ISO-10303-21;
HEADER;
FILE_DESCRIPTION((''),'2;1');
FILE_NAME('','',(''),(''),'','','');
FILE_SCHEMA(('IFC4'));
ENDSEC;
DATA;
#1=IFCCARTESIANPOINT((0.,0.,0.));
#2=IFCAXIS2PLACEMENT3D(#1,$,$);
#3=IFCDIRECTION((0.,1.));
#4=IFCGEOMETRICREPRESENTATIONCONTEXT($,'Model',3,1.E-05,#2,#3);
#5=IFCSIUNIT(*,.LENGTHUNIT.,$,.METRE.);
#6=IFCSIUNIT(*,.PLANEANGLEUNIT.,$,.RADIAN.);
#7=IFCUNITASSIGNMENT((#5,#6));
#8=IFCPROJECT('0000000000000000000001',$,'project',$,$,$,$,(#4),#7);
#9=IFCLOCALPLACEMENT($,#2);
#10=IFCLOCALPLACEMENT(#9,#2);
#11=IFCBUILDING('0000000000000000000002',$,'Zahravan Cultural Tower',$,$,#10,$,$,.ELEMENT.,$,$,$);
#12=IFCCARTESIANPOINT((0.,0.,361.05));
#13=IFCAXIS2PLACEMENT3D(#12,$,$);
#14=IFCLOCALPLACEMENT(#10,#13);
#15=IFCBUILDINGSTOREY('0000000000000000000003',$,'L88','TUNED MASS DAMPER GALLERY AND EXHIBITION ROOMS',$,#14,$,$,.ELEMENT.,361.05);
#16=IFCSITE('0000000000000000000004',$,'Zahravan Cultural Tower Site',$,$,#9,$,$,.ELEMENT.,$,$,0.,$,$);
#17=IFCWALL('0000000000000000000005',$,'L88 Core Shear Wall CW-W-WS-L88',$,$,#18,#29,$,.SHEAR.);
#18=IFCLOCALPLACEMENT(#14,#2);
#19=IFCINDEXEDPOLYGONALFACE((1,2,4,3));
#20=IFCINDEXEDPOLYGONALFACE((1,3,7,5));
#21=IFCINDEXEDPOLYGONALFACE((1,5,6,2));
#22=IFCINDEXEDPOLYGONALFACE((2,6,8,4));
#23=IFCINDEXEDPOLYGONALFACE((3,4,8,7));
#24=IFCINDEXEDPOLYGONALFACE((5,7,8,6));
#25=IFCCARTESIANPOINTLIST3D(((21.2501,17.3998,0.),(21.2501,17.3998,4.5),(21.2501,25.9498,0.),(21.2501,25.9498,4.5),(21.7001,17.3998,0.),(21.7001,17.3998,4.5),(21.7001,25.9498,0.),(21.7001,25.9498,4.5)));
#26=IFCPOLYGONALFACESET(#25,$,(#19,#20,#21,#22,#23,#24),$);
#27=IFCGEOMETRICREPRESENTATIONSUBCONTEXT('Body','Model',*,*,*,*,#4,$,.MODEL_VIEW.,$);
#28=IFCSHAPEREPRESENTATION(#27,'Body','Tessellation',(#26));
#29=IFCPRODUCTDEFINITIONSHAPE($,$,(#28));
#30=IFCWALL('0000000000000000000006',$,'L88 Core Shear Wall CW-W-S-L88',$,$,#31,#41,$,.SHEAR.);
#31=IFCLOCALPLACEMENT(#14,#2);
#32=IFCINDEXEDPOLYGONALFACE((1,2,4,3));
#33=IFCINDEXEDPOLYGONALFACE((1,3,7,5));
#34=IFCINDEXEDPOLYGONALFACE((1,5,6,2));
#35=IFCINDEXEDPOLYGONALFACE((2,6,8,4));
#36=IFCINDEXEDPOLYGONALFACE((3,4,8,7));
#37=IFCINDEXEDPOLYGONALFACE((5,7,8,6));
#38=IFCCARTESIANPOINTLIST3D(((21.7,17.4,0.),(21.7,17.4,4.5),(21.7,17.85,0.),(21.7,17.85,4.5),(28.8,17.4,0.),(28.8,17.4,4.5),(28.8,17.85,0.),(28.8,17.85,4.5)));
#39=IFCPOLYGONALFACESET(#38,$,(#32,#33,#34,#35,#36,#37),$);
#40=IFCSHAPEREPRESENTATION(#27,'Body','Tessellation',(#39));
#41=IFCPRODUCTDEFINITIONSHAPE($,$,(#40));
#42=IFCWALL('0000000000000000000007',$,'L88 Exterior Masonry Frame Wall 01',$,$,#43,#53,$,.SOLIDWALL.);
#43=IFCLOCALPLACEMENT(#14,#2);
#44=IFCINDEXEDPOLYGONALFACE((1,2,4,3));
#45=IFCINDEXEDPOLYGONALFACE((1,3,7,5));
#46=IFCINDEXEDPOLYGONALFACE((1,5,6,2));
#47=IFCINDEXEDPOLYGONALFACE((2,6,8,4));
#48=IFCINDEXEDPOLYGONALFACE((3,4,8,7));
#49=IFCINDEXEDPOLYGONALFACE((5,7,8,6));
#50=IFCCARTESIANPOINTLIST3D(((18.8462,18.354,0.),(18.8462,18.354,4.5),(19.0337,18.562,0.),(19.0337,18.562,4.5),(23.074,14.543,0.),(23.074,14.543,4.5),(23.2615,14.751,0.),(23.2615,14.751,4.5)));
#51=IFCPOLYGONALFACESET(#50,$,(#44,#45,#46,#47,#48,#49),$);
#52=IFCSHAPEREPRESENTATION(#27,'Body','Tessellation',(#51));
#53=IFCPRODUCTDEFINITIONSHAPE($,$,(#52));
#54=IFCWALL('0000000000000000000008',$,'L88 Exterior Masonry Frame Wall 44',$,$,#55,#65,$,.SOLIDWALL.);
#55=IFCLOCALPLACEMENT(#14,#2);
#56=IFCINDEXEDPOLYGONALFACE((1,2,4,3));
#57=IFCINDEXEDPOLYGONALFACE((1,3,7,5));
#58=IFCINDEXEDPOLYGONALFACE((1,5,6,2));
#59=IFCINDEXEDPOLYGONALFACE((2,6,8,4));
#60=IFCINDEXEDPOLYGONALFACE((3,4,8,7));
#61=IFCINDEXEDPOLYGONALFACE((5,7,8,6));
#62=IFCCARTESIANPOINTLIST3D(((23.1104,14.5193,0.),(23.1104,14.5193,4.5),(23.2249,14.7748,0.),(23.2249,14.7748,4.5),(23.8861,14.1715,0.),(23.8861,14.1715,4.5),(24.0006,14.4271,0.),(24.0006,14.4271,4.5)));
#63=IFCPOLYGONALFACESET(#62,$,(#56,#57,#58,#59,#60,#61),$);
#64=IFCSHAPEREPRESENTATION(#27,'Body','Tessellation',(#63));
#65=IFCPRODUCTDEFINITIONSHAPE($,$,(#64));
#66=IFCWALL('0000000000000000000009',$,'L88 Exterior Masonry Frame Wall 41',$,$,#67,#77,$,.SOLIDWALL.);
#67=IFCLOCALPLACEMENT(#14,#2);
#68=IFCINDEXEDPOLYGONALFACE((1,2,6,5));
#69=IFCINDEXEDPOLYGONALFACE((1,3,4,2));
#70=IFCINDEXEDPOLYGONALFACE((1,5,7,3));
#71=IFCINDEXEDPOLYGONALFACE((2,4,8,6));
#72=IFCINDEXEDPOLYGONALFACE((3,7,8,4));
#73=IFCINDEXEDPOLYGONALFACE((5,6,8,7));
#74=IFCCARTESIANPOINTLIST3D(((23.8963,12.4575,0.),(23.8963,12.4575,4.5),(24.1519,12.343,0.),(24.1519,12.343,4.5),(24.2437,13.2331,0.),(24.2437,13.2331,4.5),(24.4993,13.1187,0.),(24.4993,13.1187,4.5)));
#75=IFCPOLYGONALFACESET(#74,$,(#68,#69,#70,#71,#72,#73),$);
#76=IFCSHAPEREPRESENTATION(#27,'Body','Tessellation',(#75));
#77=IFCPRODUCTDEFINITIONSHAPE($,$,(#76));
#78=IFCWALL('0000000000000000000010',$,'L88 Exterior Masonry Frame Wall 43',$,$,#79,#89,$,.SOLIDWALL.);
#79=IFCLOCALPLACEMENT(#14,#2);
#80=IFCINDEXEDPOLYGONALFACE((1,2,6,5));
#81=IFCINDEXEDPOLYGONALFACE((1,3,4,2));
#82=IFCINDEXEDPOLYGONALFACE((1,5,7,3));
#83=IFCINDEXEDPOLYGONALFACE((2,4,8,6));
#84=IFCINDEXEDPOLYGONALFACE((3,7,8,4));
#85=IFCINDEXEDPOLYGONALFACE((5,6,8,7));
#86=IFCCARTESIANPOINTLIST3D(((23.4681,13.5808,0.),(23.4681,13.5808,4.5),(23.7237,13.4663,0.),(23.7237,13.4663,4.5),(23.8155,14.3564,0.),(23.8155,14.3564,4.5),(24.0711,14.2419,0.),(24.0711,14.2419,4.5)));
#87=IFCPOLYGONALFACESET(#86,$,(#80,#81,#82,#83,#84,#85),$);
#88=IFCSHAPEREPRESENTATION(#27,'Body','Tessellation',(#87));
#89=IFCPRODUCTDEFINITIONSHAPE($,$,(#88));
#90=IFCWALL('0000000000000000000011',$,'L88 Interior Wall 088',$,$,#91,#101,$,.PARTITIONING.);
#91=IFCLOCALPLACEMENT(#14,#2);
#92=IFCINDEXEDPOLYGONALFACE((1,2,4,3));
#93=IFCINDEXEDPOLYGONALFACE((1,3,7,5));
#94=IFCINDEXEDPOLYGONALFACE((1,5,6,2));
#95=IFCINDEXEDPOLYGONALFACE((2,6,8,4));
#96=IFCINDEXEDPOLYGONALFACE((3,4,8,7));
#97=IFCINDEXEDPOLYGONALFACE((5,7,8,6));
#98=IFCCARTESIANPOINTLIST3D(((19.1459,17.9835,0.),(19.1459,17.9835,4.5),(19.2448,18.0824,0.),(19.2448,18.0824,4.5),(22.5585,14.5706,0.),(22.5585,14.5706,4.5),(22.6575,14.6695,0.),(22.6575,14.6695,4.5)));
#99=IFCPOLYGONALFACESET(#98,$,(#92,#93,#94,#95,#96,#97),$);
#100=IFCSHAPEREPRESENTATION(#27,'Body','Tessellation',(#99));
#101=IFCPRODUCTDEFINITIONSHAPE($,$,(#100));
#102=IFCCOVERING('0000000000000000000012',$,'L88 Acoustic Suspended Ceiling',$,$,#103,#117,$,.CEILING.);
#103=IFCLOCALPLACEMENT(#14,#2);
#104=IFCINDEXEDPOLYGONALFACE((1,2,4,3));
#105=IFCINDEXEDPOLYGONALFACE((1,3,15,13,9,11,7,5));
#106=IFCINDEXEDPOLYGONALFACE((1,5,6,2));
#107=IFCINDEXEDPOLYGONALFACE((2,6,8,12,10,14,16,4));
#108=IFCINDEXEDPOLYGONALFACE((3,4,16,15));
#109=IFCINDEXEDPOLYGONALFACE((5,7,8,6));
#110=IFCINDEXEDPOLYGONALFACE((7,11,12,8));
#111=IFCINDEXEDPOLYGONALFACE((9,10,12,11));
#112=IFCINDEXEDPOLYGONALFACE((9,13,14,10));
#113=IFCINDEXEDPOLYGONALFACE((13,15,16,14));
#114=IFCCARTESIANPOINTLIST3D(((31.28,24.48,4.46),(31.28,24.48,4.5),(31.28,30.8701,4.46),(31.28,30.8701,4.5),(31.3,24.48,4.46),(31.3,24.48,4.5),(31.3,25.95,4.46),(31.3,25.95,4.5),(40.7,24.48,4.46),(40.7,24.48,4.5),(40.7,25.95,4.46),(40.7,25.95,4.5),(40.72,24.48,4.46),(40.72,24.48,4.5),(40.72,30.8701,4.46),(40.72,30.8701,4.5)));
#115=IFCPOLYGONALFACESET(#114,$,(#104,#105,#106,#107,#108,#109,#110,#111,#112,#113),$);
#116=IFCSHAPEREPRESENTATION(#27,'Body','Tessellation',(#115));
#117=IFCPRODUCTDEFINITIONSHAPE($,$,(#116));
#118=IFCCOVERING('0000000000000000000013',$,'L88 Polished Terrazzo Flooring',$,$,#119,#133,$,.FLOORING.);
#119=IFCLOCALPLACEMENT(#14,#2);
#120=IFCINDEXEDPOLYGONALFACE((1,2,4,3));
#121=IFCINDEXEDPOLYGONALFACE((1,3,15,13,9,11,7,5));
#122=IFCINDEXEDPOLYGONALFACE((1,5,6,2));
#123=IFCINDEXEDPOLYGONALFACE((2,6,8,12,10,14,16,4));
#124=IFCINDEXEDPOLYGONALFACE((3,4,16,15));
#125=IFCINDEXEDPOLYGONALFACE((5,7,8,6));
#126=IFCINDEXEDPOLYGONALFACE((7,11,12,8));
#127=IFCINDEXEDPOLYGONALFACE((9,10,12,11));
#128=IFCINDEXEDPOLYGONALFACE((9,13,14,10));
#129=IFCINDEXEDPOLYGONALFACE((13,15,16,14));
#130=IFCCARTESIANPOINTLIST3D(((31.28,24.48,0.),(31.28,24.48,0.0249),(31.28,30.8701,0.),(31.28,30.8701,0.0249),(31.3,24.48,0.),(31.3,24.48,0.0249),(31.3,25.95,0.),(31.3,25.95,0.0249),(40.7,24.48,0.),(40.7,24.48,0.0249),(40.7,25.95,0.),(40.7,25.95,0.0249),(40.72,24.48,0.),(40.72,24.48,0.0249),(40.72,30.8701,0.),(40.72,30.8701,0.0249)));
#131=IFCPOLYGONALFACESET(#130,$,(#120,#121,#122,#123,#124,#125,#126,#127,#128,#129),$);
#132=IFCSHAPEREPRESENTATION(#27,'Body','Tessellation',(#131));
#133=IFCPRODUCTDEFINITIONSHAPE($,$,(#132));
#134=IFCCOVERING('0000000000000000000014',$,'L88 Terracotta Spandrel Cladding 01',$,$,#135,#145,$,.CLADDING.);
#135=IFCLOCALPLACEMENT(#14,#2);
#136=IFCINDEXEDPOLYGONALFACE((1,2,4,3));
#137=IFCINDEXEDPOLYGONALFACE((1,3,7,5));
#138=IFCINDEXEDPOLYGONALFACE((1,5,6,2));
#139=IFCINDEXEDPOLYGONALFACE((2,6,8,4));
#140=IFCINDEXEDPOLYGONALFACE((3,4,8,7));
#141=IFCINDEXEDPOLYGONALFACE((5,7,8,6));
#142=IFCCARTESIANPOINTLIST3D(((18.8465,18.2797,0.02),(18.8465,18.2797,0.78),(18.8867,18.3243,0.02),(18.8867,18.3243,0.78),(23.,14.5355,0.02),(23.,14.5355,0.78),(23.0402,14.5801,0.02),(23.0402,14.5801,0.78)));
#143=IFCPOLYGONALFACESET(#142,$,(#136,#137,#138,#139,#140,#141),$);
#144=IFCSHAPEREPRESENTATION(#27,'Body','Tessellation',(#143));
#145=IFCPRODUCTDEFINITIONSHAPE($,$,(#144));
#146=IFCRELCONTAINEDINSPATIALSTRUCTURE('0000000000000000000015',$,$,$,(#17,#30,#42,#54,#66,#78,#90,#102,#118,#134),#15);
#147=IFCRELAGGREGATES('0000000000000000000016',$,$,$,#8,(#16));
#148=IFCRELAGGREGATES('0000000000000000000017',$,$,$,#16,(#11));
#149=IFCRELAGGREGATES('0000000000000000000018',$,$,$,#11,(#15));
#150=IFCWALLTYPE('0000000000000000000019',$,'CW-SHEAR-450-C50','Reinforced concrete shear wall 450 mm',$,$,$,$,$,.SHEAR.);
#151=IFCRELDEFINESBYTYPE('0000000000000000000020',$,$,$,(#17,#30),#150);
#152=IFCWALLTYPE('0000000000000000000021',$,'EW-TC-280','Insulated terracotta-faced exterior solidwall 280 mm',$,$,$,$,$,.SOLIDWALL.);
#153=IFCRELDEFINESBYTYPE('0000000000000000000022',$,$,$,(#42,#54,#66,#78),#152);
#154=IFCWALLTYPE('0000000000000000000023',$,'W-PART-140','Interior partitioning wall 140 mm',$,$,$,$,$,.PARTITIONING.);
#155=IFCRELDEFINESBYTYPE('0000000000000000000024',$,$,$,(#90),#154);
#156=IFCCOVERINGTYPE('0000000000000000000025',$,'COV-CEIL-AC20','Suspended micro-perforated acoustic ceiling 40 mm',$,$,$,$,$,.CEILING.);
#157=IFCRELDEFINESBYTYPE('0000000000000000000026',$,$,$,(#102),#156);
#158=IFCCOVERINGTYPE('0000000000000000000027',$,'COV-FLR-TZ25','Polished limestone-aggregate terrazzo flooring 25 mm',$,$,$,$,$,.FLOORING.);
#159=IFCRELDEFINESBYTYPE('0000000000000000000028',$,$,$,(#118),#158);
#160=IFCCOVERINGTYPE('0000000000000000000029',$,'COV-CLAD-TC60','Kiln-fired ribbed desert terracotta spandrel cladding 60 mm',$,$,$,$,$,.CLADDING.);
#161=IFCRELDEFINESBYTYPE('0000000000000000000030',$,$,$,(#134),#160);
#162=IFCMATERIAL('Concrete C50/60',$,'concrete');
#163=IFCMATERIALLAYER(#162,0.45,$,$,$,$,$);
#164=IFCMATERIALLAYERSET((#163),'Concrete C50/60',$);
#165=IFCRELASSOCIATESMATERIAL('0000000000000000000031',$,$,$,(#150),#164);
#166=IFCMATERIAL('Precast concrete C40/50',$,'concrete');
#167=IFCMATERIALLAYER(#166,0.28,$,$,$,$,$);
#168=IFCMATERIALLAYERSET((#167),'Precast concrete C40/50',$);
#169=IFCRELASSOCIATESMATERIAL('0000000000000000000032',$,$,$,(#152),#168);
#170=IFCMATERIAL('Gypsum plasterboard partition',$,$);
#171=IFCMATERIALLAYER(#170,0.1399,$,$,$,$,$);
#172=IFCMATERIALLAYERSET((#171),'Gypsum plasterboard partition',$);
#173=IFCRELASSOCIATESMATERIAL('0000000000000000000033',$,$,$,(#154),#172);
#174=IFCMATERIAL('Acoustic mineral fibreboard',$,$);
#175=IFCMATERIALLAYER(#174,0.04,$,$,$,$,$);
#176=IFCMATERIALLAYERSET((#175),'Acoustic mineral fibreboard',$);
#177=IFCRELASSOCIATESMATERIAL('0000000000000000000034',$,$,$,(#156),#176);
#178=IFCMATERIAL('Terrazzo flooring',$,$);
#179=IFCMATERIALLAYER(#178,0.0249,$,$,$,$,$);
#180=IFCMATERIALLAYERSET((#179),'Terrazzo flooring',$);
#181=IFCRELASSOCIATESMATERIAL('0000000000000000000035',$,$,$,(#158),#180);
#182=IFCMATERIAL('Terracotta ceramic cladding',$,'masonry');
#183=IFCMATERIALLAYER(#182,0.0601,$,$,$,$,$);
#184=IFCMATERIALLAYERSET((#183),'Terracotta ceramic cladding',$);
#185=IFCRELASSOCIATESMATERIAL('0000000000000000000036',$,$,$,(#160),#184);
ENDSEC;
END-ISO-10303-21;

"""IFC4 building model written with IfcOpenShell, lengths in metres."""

from ifc_helpers import new_model, si_unit, direction, frame, frame_2d, origin, origin_2d, place, context, subcontext, project, spatial, polyline, rectangle, outline, extrude, source, transform, mapped, material, layer, layer_set, type_object, element, save


model = new_model("IFC4")

# Units and contexts
model_context = context("Model", 3, precision=1e-05, world=origin(), true_north=direction((0.0, 1.0)))
body_context = subcontext(model_context, "Body", "Model", "MODEL_VIEW")
ifc_project = project(units=[si_unit("LENGTHUNIT", "METRE"), si_unit("PLANEANGLEUNIT", "RADIAN")], contexts=[model_context])

# Site, building, storey
site_placement = place(None, origin())
site = spatial("IfcSite", under=ifc_project, at=site_placement, Name="Zahravan Cultural Tower Site", CompositionType="ELEMENT", RefElevation=0.0)
building_placement = place(site_placement, origin())
building = spatial("IfcBuilding", under=site, at=building_placement, Name="Zahravan Cultural Tower", CompositionType="ELEMENT")
storey_placement = place(building_placement, frame((0.0, 0.0, 361.05)))
storey = spatial("IfcBuildingStorey", under=building, at=storey_placement, Name="L88", Description="TUNED MASS DAMPER GALLERY AND EXHIBITION ROOMS", CompositionType="ELEMENT", Elevation=361.05)

# Shared definitions
ifc_material_1 = material(Name="Concrete C50/60", Category="concrete")

# Walls
ifc_layer_1 = layer(ifc_material_1, 0.45)
ifc_layer_set_1 = layer_set([ifc_layer_1], Name="Concrete C50/60")
wall_type_1 = type_object("IfcWallType", Name="CW-SHEAR-450-C50", Description="Reinforced concrete shear wall 450 mm", PredefinedType="SHEAR", material=ifc_layer_set_1)
shared_shape_1 = source(origin(), body_context, "Body", "SweptSolid", [
    extrude(rectangle(XDim=8.55, YDim=0.45, at=frame_2d((4.2749, 0.0))), origin(), (0.0, 0.0, 1.0), 4.5),
])
wall_1_placement = place(storey_placement, frame((21.4751, 17.3999, 0.0), z_axis=(0.0, 0.0, 1.0), x_axis=(0.0, 1.0, 0.0)))
element("IfcWall", 1, at=wall_1_placement, inside=storey, type_object=wall_type_1, Name="L88 Core Shear Wall CW-W-WS-L88", PredefinedType="SHEAR", context=body_context, shape_type="MappedRepresentation", body=[
    mapped(shared_shape_1, transform((0.0, 0.0, 0.0), x_axis=(1.0, 0.0, 0.0), y_axis=(0.0, 1.0, 0.0), z_axis=(0.0, 0.0, 1.0), scale=1.0)),
])
shared_shape_2 = source(origin(), body_context, "Body", "SweptSolid", [
    extrude(rectangle(XDim=7.1001, YDim=0.45, at=frame_2d((3.55, 0.0))), origin(), (0.0, 0.0, 1.0), 4.5),
])
wall_2_placement = place(storey_placement, frame((21.7, 17.625, 0.0), z_axis=(0.0, 0.0, 1.0), x_axis=(1.0, 0.0, 0.0)))
element("IfcWall", 2, at=wall_2_placement, inside=storey, type_object=wall_type_1, Name="L88 Core Shear Wall CW-W-S-L88", PredefinedType="SHEAR", context=body_context, shape_type="MappedRepresentation", body=[
    mapped(shared_shape_2, transform((0.0, 0.0, 0.0), x_axis=(1.0, 0.0, 0.0), y_axis=(0.0, 1.0, 0.0), z_axis=(0.0, 0.0, 1.0), scale=1.0)),
])
ifc_material_2 = material(Name="Precast concrete C40/50", Category="concrete")
ifc_layer_2 = layer(ifc_material_2, 0.28)
ifc_layer_set_2 = layer_set([ifc_layer_2], Name="Precast concrete C40/50")
wall_type_2 = type_object("IfcWallType", Name="EW-TC-280", Description="Insulated terracotta-faced exterior solidwall 280 mm", PredefinedType="SOLIDWALL", material=ifc_layer_set_2)
shared_shape_3 = source(origin(), body_context, "Body", "SweptSolid", [
    extrude(rectangle(XDim=5.6919, YDim=0.28, at=frame_2d((2.8459, 0.0))), origin(), (0.0, 0.0, 1.0), 4.5),
])
wall_3_placement = place(storey_placement, frame((23.1677, 14.647, 0.0), z_axis=(0.0, 0.0, 1.0), x_axis=(-0.742767, 0.66955, 0.0)))
element("IfcWall", 3, at=wall_3_placement, inside=storey, type_object=wall_type_2, Name="L88 Exterior Masonry Frame Wall 01", PredefinedType="SOLIDWALL", context=body_context, shape_type="MappedRepresentation", body=[
    mapped(shared_shape_3, transform((0.0, 0.0, 0.0), x_axis=(1.0, 0.0, 0.0), y_axis=(0.0, 1.0, 0.0), z_axis=(0.0, 0.0, 1.0), scale=1.0)),
])
shared_shape_4 = source(origin(), body_context, "Body", "SweptSolid", [
    extrude(rectangle(XDim=0.8501, YDim=0.28, at=frame_2d((0.425, 0.0))), origin(), (0.0, 0.0, 1.0), 4.5),
])
wall_4_placement = place(storey_placement, frame((23.9434, 14.2993, 0.0), z_axis=(0.0, 0.0, 1.0), x_axis=(-0.912528, 0.409015, 0.0)))
element("IfcWall", 4, at=wall_4_placement, inside=storey, type_object=wall_type_2, Name="L88 Exterior Masonry Frame Wall 44", PredefinedType="SOLIDWALL", context=body_context, shape_type="MappedRepresentation", body=[
    mapped(shared_shape_4, transform((0.0, 0.0, 0.0), x_axis=(1.0, 0.0, 0.0), y_axis=(0.0, 1.0, 0.0), z_axis=(0.0, 0.0, 1.0), scale=1.0)),
])
shared_shape_5 = source(origin(), body_context, "Body", "SweptSolid", [
    extrude(rectangle(XDim=0.8499, YDim=0.28, at=frame_2d((0.4248, 0.0))), origin(), (0.0, 0.0, 1.0), 4.5),
])
for number, where, z_axis, x_axis, name in (
    (5, (24.0242, 12.4004, 0.0), (0.0, 0.0, 1.0), (0.408775, 0.912635, 0.0), "L88 Exterior Masonry Frame Wall 41"),
    (6, (23.5959, 13.5237, 0.0), (0.0, 0.0, 1.0), (0.408775, 0.912635, 0.0), "L88 Exterior Masonry Frame Wall 43"),
):
    element("IfcWall", number, at=place(storey_placement, frame(where, z_axis=z_axis, x_axis=x_axis)), inside=storey, type_object=wall_type_2, Name=name, PredefinedType="SOLIDWALL", context=body_context, shape_type="MappedRepresentation", body=[
        mapped(shared_shape_5, transform((0.0, 0.0, 0.0), x_axis=(1.0, 0.0, 0.0), y_axis=(0.0, 1.0, 0.0), z_axis=(0.0, 0.0, 1.0), scale=1.0)),
    ])
ifc_material_3 = material(Name="Gypsum plasterboard partition")
ifc_layer_3 = layer(ifc_material_3, 0.1399)
ifc_layer_set_3 = layer_set([ifc_layer_3], Name="Gypsum plasterboard partition")
wall_type_3 = type_object("IfcWallType", Name="W-PART-140", Description="Interior partitioning wall 140 mm", PredefinedType="PARTITIONING", material=ifc_layer_set_3)
shared_shape_6 = source(origin(), body_context, "Body", "SweptSolid", [
    extrude(rectangle(XDim=4.8264, YDim=0.1399, at=frame_2d((2.4131, 0.0))), origin(), (0.0, 0.0, 1.0), 4.5),
])
wall_5_placement = place(storey_placement, frame((22.6079, 14.6201, 0.0), z_axis=(0.0, 0.0, 1.0), x_axis=(-0.707081, 0.707132, 0.0)))
element("IfcWall", 7, at=wall_5_placement, inside=storey, type_object=wall_type_3, Name="L88 Interior Wall 088", PredefinedType="PARTITIONING", context=body_context, shape_type="MappedRepresentation", body=[
    mapped(shared_shape_6, transform((0.0, 0.0, 0.0), x_axis=(1.0, 0.0, 0.0), y_axis=(0.0, 1.0, 0.0), z_axis=(0.0, 0.0, 1.0), scale=1.0)),
])

# Coverings
ifc_material_4 = material(Name="Acoustic mineral fibreboard")
ifc_layer_4 = layer(ifc_material_4, 0.04)
ifc_layer_set_4 = layer_set([ifc_layer_4], Name="Acoustic mineral fibreboard")
covering_type_1 = type_object("IfcCoveringType", Name="COV-CEIL-AC20", Description="Suspended micro-perforated acoustic ceiling 40 mm", PredefinedType="CEILING", material=ifc_layer_set_4)
covering_1_placement = place(storey_placement, frame((0.0, 0.0, 4.46)))
element("IfcCovering", 8, at=covering_1_placement, inside=storey, type_object=covering_type_1, Name="L88 Acoustic Suspended Ceiling", PredefinedType="CEILING", context=body_context, shape_type="SweptSolid", body=[
    extrude(outline(polyline([(31.3, 25.95), (40.7, 25.95), (40.7, 24.48), (40.72, 24.48), (40.72, 30.8701), (31.28, 30.8701), (31.28, 24.48), (31.3, 24.48), (31.3, 25.95)])), origin(), (0.0, 0.0, 1.0), 0.04),
])
ifc_material_5 = material(Name="Terrazzo flooring")
ifc_layer_5 = layer(ifc_material_5, 0.0249)
ifc_layer_set_5 = layer_set([ifc_layer_5], Name="Terrazzo flooring")
covering_type_2 = type_object("IfcCoveringType", Name="COV-FLR-TZ25", Description="Polished limestone-aggregate terrazzo flooring 25 mm", PredefinedType="FLOORING", material=ifc_layer_set_5)
covering_2_placement = place(storey_placement, origin())
element("IfcCovering", 9, at=covering_2_placement, inside=storey, type_object=covering_type_2, Name="L88 Polished Terrazzo Flooring", PredefinedType="FLOORING", context=body_context, shape_type="SweptSolid", body=[
    extrude(outline(polyline([(31.3, 25.95), (40.7, 25.95), (40.7, 24.48), (40.72, 24.48), (40.72, 30.8701), (31.28, 30.8701), (31.28, 24.48), (31.3, 24.48), (31.3, 25.95)])), origin(), (0.0, 0.0, 1.0), 0.0249),
])
ifc_material_6 = material(Name="Terracotta ceramic cladding", Category="masonry")
ifc_layer_6 = layer(ifc_material_6, 0.0601)
ifc_layer_set_6 = layer_set([ifc_layer_6], Name="Terracotta ceramic cladding")
covering_type_3 = type_object("IfcCoveringType", Name="COV-CLAD-TC60", Description="Kiln-fired ribbed desert terracotta spandrel cladding 60 mm", PredefinedType="CLADDING", material=ifc_layer_set_6)
shared_shape_7 = source(origin(), body_context, "Body", "SweptSolid", [
    extrude(rectangle(XDim=5.592, YDim=0.0601, at=origin_2d()), origin(), (0.0, 0.0, 1.0), 0.76),
])
covering_3_placement = place(storey_placement, frame((20.9434, 16.4299, 0.02), z_axis=(0.0, 0.0, 1.0), x_axis=(-0.742759, 0.669559, 0.0)))
element("IfcCovering", 10, at=covering_3_placement, inside=storey, type_object=covering_type_3, Name="L88 Terracotta Spandrel Cladding 01", PredefinedType="CLADDING", context=body_context, shape_type="MappedRepresentation", body=[
    mapped(shared_shape_7, transform((0.0, 0.0, 0.0), x_axis=(1.0, 0.0, 0.0), y_axis=(0.0, 1.0, 0.0), z_axis=(0.0, 0.0, 1.0), scale=1.0)),
])

save(model, "model.ifc")
